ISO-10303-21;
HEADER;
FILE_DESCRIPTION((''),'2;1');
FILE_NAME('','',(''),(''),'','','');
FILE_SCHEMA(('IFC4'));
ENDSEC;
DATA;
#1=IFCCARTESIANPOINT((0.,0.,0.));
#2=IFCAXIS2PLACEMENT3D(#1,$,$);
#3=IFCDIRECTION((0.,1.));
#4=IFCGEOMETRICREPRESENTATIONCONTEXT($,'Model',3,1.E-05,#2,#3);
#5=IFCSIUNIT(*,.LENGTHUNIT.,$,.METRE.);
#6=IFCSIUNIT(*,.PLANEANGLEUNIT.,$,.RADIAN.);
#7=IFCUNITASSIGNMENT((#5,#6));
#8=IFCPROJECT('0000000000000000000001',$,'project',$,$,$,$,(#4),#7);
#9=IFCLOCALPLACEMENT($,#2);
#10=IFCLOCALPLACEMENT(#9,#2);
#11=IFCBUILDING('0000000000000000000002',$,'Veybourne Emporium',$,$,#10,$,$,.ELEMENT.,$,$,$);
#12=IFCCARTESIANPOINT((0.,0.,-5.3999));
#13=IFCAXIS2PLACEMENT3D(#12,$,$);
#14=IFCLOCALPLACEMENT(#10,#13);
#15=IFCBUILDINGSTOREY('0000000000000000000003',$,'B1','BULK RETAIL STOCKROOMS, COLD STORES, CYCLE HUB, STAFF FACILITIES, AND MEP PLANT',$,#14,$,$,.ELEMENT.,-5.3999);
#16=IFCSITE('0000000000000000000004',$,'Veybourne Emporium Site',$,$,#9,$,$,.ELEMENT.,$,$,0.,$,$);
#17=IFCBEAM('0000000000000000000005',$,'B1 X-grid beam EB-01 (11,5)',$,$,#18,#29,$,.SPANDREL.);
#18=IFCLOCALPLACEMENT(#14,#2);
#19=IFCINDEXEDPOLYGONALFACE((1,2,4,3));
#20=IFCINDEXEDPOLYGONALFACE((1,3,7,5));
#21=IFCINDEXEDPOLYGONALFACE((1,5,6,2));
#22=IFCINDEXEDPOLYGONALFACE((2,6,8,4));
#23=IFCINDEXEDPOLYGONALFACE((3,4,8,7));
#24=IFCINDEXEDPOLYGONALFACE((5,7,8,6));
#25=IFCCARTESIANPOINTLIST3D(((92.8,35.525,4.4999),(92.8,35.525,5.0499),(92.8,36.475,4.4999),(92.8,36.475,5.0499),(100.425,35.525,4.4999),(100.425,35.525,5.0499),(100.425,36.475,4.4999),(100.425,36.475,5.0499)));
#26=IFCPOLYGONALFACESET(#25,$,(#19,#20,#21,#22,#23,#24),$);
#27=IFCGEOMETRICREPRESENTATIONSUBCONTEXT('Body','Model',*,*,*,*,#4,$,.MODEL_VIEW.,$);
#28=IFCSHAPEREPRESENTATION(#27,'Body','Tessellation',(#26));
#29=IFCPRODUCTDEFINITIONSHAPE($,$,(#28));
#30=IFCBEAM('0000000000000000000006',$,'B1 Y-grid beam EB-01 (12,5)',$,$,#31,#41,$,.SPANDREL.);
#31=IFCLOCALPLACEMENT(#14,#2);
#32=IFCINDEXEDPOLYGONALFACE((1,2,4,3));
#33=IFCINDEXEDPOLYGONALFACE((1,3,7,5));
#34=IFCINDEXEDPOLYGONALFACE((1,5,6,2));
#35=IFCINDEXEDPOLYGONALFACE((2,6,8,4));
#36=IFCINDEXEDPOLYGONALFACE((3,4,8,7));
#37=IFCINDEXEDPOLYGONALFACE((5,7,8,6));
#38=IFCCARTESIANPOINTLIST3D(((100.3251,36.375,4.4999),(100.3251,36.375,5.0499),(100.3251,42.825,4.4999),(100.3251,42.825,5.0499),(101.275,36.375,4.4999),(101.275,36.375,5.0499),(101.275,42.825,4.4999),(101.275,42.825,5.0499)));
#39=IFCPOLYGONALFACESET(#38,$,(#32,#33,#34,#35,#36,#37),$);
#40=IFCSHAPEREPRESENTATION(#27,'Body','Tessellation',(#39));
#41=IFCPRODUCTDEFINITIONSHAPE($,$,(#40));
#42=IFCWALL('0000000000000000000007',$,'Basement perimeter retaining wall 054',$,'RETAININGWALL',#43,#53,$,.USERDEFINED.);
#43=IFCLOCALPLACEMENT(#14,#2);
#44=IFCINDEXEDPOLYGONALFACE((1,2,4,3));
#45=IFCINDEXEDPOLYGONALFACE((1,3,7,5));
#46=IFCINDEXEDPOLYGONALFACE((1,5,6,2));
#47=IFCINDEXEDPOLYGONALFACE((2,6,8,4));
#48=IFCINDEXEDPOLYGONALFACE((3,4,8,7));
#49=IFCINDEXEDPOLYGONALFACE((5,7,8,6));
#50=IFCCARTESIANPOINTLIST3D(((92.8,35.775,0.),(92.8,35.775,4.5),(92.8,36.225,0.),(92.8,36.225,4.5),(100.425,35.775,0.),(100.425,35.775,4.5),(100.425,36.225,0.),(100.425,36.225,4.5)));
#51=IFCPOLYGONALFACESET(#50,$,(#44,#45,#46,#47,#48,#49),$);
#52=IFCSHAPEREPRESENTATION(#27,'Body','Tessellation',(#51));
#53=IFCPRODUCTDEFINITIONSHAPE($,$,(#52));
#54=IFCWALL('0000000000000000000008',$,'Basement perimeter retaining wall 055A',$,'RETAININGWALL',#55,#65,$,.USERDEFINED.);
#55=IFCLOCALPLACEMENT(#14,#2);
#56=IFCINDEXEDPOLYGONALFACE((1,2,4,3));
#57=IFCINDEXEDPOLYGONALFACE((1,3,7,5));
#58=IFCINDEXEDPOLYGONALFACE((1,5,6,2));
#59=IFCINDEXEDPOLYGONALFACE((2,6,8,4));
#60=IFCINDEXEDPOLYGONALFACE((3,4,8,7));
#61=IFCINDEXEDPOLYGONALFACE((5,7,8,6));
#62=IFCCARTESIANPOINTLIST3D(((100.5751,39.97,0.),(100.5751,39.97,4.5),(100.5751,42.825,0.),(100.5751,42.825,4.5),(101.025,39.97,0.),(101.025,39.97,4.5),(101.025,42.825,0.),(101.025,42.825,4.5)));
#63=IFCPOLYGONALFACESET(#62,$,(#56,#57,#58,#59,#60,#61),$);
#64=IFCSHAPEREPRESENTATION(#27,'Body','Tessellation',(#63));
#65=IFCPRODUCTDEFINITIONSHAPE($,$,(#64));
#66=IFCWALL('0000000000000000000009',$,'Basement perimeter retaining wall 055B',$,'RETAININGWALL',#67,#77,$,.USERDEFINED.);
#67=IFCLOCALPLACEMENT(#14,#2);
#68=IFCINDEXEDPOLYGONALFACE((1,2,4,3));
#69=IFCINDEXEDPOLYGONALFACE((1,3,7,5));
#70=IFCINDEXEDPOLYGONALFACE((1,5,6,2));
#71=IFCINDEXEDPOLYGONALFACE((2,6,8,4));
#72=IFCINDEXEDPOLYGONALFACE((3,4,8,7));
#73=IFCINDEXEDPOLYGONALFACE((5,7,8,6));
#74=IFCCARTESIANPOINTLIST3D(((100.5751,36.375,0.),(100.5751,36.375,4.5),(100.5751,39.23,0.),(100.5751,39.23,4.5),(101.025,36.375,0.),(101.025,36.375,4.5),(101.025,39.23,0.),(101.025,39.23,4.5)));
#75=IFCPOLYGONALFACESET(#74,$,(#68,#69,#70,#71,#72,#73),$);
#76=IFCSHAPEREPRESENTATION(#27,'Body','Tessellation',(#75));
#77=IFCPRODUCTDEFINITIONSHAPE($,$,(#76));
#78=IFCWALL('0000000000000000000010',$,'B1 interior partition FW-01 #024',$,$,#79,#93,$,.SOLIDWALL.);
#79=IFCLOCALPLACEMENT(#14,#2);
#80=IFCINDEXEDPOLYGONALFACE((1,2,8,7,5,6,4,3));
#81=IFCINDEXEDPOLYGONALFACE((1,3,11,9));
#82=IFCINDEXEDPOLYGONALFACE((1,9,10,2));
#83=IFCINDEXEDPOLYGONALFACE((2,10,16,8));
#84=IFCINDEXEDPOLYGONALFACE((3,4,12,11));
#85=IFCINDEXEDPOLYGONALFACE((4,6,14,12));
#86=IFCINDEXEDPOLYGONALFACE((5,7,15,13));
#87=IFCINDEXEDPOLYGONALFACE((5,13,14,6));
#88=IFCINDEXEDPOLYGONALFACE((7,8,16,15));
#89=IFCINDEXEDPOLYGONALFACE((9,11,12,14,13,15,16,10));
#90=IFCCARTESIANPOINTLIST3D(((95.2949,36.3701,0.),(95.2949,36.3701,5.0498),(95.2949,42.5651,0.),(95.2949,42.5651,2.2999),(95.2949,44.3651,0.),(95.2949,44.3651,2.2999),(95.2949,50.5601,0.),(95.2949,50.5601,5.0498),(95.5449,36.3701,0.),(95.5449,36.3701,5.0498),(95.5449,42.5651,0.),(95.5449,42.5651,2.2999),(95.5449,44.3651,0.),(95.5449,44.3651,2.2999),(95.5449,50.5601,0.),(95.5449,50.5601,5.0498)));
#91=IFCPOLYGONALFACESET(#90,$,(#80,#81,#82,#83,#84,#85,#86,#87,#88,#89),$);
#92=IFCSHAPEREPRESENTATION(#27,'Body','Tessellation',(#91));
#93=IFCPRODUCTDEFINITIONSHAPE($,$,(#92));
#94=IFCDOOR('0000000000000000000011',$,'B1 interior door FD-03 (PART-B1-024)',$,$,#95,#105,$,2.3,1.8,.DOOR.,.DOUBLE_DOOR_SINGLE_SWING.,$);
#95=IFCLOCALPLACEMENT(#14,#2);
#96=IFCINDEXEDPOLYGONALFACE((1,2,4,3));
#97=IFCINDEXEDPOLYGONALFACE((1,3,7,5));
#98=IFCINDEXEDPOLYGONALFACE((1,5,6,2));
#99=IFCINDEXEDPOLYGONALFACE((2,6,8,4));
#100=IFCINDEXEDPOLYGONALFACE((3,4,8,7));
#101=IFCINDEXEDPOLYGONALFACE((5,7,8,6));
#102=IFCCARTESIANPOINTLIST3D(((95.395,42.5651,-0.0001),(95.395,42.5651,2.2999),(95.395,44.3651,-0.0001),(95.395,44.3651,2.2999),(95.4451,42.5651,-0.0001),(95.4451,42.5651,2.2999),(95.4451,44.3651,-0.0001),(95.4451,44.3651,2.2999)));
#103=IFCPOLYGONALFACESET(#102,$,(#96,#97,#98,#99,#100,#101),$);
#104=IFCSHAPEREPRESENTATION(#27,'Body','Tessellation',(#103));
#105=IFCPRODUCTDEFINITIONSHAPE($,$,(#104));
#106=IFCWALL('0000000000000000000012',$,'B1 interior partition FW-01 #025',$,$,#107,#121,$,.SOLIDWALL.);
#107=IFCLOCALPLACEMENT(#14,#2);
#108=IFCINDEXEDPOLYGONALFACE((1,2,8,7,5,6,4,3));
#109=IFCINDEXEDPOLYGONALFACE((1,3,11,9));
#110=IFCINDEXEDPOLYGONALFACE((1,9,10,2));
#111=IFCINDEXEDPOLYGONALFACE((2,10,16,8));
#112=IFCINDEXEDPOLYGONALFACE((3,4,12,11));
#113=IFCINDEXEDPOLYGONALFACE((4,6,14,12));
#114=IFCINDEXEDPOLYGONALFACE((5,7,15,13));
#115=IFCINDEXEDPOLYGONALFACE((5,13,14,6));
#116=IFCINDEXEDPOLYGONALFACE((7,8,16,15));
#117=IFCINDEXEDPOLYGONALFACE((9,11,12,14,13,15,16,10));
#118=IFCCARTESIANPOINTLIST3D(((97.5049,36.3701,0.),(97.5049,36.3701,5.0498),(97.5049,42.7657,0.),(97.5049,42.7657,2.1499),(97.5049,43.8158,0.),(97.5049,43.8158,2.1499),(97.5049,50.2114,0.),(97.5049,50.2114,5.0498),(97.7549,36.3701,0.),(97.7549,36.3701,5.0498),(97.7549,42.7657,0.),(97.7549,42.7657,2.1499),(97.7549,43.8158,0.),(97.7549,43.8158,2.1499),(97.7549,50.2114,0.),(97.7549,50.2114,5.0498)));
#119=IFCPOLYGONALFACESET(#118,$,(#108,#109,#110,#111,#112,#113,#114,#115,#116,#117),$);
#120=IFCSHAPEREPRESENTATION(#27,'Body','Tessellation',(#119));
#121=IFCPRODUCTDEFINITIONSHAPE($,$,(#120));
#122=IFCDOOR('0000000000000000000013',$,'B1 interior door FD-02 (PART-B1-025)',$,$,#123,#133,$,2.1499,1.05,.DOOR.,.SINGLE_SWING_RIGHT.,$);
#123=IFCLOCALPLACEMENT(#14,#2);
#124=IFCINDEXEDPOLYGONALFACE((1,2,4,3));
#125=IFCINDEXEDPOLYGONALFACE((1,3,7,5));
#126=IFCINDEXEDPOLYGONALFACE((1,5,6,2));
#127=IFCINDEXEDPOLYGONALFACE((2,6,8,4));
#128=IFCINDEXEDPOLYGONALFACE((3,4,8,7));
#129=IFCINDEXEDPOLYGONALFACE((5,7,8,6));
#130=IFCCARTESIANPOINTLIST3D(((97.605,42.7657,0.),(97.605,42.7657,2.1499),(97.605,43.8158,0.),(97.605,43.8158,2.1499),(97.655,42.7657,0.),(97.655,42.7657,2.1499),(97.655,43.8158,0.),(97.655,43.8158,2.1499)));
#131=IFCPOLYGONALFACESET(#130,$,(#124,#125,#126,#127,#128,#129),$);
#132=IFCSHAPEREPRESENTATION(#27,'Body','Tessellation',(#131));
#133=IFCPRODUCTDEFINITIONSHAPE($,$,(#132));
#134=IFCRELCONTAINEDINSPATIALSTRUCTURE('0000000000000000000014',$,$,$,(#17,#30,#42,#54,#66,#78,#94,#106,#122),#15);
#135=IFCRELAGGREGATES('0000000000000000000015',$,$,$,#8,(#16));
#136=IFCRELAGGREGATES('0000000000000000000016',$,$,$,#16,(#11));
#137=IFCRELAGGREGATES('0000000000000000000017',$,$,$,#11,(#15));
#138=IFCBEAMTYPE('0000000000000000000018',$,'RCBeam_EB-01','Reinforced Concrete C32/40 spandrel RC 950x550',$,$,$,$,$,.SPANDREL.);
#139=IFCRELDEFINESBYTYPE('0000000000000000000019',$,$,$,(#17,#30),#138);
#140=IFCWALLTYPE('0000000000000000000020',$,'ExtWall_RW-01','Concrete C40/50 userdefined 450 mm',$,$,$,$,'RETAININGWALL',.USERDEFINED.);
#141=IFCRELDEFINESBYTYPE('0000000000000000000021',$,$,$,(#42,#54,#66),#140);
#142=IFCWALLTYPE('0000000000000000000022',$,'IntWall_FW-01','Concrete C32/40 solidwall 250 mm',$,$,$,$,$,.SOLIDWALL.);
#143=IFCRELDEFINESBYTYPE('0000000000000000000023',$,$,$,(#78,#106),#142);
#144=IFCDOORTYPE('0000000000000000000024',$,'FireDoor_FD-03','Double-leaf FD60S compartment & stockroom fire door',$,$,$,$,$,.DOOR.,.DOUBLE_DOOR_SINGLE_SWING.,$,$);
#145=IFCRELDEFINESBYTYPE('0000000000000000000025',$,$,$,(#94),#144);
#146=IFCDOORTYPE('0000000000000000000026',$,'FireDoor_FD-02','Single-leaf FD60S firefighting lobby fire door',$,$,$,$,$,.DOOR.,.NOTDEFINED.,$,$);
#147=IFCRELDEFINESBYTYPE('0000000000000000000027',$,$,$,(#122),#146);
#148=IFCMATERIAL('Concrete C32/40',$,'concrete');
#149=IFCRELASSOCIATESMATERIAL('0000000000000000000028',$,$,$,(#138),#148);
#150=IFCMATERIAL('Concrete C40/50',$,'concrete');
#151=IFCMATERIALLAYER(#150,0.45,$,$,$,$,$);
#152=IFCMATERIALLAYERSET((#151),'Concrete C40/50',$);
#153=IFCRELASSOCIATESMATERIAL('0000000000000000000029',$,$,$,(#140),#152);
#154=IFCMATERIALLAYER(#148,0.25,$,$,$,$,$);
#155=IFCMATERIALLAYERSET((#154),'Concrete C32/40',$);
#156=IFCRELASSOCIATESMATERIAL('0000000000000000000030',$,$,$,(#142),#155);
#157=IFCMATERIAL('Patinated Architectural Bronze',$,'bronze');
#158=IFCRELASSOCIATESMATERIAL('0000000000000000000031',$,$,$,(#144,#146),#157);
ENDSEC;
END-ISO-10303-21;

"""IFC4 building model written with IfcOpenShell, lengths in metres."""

from ifc_helpers import new_model, si_unit, direction, frame, frame_2d, origin, origin_2d, place, context, subcontext, project, spatial, rectangle, extrude, material, layer, layer_set, material_profile, profile_set, type_object, element, fill, save


model = new_model("IFC4")

# Units and contexts
model_context = context("Model", 3, precision=1e-05, world=origin(), true_north=direction((0.0, 1.0)))
body_context = subcontext(model_context, "Body", "Model", "MODEL_VIEW")
ifc_project = project(units=[si_unit("LENGTHUNIT", "METRE"), si_unit("PLANEANGLEUNIT", "RADIAN")], contexts=[model_context])

# Site, building, storey
site_placement = place(None, origin())
site = spatial("IfcSite", under=ifc_project, at=site_placement, Name="Veybourne Emporium Site", CompositionType="ELEMENT", RefElevation=0.0)
building_placement = place(site_placement, origin())
building = spatial("IfcBuilding", under=site, at=building_placement, Name="Veybourne Emporium", CompositionType="ELEMENT")
storey_placement = place(building_placement, frame((0.0, 0.0, -5.3999)))
storey = spatial("IfcBuildingStorey", under=building, at=storey_placement, Name="B1", Description="BULK RETAIL STOCKROOMS, COLD STORES, CYCLE HUB, STAFF FACILITIES, AND MEP PLANT", CompositionType="ELEMENT", Elevation=-5.3999)

# Shared definitions
ifc_material_1 = material(Name="Concrete C40/50", Category="concrete")

# Beams
ifc_material_2 = material(Name="Concrete C32/40", Category="concrete")
ifc_material_profile_1 = material_profile(ifc_material_2, rectangle(XDim=0.95, YDim=0.55, at=origin_2d()), Name="RC 950x550")
ifc_profile_set_1 = profile_set([ifc_material_profile_1], Name="Concrete C32/40")
beam_type = type_object("IfcBeamType", Name="RCBeam_EB-01", Description="Reinforced Concrete C32/40 spandrel RC 950x550", PredefinedType="SPANDREL", material=ifc_profile_set_1)
beam_1_placement = place(storey_placement, frame((92.8, 36.0, 4.7749), z_axis=(1.0, 0.0, 0.0), x_axis=(0.0, 1.0, 0.0)))
element("IfcBeam", 1, at=beam_1_placement, inside=storey, type_object=beam_type, Name="B1 X-grid beam EB-01 (11,5)", PredefinedType="SPANDREL", context=body_context, shape_type="SweptSolid", body=[
    extrude(rectangle(XDim=0.95, YDim=0.55, at=origin_2d()), origin(), (0.0, 0.0, 1.0), 7.625),
])
beam_2_placement = place(storey_placement, frame((100.8, 36.375, 4.7749), z_axis=(0.0, 1.0, 0.0), x_axis=(-1.0, 0.0, 0.0)))
element("IfcBeam", 2, at=beam_2_placement, inside=storey, type_object=beam_type, Name="B1 Y-grid beam EB-01 (12,5)", PredefinedType="SPANDREL", context=body_context, shape_type="SweptSolid", body=[
    extrude(rectangle(XDim=0.95, YDim=0.55, at=origin_2d()), origin(), (0.0, 0.0, 1.0), 6.45),
])

# Walls
ifc_layer_1 = layer(ifc_material_1, 0.45)
ifc_layer_set_1 = layer_set([ifc_layer_1], Name="Concrete C40/50")
wall_type_1 = type_object("IfcWallType", Name="ExtWall_RW-01", Description="Concrete C40/50 userdefined 450 mm", ElementType="RETAININGWALL", PredefinedType="USERDEFINED", material=ifc_layer_set_1)
wall_1_placement = place(storey_placement, frame((100.425, 36.0, 0.0), z_axis=(0.0, 0.0, 1.0), x_axis=(-1.0, 0.0, 0.0)))
element("IfcWall", 3, at=wall_1_placement, inside=storey, type_object=wall_type_1, Name="Basement perimeter retaining wall 054", ObjectType="RETAININGWALL", PredefinedType="USERDEFINED", context=body_context, shape_type="SweptSolid", body=[
    extrude(rectangle(XDim=7.625, YDim=0.45, at=frame_2d((3.8125, 0.0))), origin(), (0.0, 0.0, 1.0), 4.5),
])
for number, where, z_axis, x_axis, name in (
    (4, (100.8, 42.825, 0.0), (0.0, 0.0, 1.0), (0.0, -1.0, 0.0), "Basement perimeter retaining wall 055A"),
    (5, (100.8, 39.23, 0.0), (0.0, 0.0, 1.0), (0.0, -1.0, 0.0), "Basement perimeter retaining wall 055B"),
):
    element("IfcWall", number, at=place(storey_placement, frame(where, z_axis=z_axis, x_axis=x_axis)), inside=storey, type_object=wall_type_1, Name=name, ObjectType="RETAININGWALL", PredefinedType="USERDEFINED", context=body_context, shape_type="SweptSolid", body=[
        extrude(rectangle(XDim=2.855, YDim=0.45, at=frame_2d((1.4275, 0.0))), origin(), (0.0, 0.0, 1.0), 4.5),
    ])

# Walls, openings, doors
ifc_layer_2 = layer(ifc_material_2, 0.25)
ifc_layer_set_2 = layer_set([ifc_layer_2], Name="Concrete C32/40")
wall_type_2 = type_object("IfcWallType", Name="IntWall_FW-01", Description="Concrete C32/40 solidwall 250 mm", PredefinedType="SOLIDWALL", material=ifc_layer_set_2)
wall_2_placement = place(storey_placement, frame((95.4199, 36.3701, 0.0), z_axis=(0.0, 0.0, 1.0), x_axis=(0.0, 1.0, 0.0)))
wall_2 = element("IfcWall", 6, at=wall_2_placement, inside=storey, type_object=wall_type_2, Name="B1 interior partition FW-01 #024", PredefinedType="SOLIDWALL", context=body_context, shape_type="SweptSolid", body=[
    extrude(rectangle(XDim=14.1899, YDim=0.25, at=frame_2d((7.095, 0.0))), origin(), (0.0, 0.0, 1.0), 5.0498),
])
opening_1_placement = place(wall_2_placement, frame((6.1951, 0.0, 0.0)))
opening_1 = element("IfcOpeningElement", 7, at=opening_1_placement, cuts=wall_2, PredefinedType="OPENING", context=body_context, shape_type="SweptSolid", body=[
    extrude(rectangle(XDim=1.8, YDim=2.3, at=frame_2d((0.8999, 1.1499))), frame((0.0, 0.145, 0.0), z_axis=(0.0, -1.0, 0.0), x_axis=(1.0, 0.0, 0.0)), (0.0, 0.0, 1.0), 0.29),
])
ifc_material_3 = material(Name="Patinated Architectural Bronze", Category="bronze")
door_type_1 = type_object("IfcDoorType", Name="FireDoor_FD-03", Description="Double-leaf FD60S compartment & stockroom fire door", OperationType="DOUBLE_DOOR_SINGLE_SWING", PredefinedType="DOOR", material=ifc_material_3)
door_1_placement = place(opening_1_placement, origin())
door_1 = element("IfcDoor", 8, at=door_1_placement, inside=storey, type_object=door_type_1, Name="B1 interior door FD-03 (PART-B1-024)", OperationType="DOUBLE_DOOR_SINGLE_SWING", OverallHeight=2.3, OverallWidth=1.8, PredefinedType="DOOR", context=body_context, shape_type="SweptSolid", body=[
    extrude(rectangle(XDim=1.8, YDim=2.3, at=frame_2d((0.8999, 1.1499))), frame((0.0, 0.0249, 0.0), z_axis=(0.0, -1.0, 0.0), x_axis=(1.0, 0.0, 0.0)), (0.0, 0.0, 1.0), 0.05),
])
fill(opening_1, door_1)
wall_3_placement = place(storey_placement, frame((97.6299, 36.3701, 0.0), z_axis=(0.0, 0.0, 1.0), x_axis=(0.0, 1.0, 0.0)))
wall_3 = element("IfcWall", 9, at=wall_3_placement, inside=storey, type_object=wall_type_2, Name="B1 interior partition FW-01 #025", PredefinedType="SOLIDWALL", context=body_context, shape_type="SweptSolid", body=[
    extrude(rectangle(XDim=13.8413, YDim=0.25, at=frame_2d((6.9207, 0.0))), origin(), (0.0, 0.0, 1.0), 5.0498),
])
opening_2_placement = place(wall_3_placement, frame((6.3958, 0.0, 0.0)))
opening_2 = element("IfcOpeningElement", 10, at=opening_2_placement, cuts=wall_3, PredefinedType="OPENING", context=body_context, shape_type="SweptSolid", body=[
    extrude(rectangle(XDim=1.05, YDim=2.1499, at=frame_2d((0.5249, 1.075))), frame((0.0, 0.145, 0.0), z_axis=(0.0, -1.0, 0.0), x_axis=(1.0, 0.0, 0.0)), (0.0, 0.0, 1.0), 0.29),
])
door_type_2 = type_object("IfcDoorType", Name="FireDoor_FD-02", Description="Single-leaf FD60S firefighting lobby fire door", OperationType="NOTDEFINED", PredefinedType="DOOR", material=ifc_material_3)
door_2_placement = place(opening_2_placement, origin())
door_2 = element("IfcDoor", 11, at=door_2_placement, inside=storey, type_object=door_type_2, Name="B1 interior door FD-02 (PART-B1-025)", OperationType="SINGLE_SWING_RIGHT", OverallHeight=2.1499, OverallWidth=1.05, PredefinedType="DOOR", context=body_context, shape_type="SweptSolid", body=[
    extrude(rectangle(XDim=1.05, YDim=2.1499, at=frame_2d((0.5249, 1.075))), frame((0.0, 0.0249, 0.0), z_axis=(0.0, -1.0, 0.0), x_axis=(1.0, 0.0, 0.0)), (0.0, 0.0, 1.0), 0.05),
])
fill(opening_2, door_2)

save(model, "model.ifc")
